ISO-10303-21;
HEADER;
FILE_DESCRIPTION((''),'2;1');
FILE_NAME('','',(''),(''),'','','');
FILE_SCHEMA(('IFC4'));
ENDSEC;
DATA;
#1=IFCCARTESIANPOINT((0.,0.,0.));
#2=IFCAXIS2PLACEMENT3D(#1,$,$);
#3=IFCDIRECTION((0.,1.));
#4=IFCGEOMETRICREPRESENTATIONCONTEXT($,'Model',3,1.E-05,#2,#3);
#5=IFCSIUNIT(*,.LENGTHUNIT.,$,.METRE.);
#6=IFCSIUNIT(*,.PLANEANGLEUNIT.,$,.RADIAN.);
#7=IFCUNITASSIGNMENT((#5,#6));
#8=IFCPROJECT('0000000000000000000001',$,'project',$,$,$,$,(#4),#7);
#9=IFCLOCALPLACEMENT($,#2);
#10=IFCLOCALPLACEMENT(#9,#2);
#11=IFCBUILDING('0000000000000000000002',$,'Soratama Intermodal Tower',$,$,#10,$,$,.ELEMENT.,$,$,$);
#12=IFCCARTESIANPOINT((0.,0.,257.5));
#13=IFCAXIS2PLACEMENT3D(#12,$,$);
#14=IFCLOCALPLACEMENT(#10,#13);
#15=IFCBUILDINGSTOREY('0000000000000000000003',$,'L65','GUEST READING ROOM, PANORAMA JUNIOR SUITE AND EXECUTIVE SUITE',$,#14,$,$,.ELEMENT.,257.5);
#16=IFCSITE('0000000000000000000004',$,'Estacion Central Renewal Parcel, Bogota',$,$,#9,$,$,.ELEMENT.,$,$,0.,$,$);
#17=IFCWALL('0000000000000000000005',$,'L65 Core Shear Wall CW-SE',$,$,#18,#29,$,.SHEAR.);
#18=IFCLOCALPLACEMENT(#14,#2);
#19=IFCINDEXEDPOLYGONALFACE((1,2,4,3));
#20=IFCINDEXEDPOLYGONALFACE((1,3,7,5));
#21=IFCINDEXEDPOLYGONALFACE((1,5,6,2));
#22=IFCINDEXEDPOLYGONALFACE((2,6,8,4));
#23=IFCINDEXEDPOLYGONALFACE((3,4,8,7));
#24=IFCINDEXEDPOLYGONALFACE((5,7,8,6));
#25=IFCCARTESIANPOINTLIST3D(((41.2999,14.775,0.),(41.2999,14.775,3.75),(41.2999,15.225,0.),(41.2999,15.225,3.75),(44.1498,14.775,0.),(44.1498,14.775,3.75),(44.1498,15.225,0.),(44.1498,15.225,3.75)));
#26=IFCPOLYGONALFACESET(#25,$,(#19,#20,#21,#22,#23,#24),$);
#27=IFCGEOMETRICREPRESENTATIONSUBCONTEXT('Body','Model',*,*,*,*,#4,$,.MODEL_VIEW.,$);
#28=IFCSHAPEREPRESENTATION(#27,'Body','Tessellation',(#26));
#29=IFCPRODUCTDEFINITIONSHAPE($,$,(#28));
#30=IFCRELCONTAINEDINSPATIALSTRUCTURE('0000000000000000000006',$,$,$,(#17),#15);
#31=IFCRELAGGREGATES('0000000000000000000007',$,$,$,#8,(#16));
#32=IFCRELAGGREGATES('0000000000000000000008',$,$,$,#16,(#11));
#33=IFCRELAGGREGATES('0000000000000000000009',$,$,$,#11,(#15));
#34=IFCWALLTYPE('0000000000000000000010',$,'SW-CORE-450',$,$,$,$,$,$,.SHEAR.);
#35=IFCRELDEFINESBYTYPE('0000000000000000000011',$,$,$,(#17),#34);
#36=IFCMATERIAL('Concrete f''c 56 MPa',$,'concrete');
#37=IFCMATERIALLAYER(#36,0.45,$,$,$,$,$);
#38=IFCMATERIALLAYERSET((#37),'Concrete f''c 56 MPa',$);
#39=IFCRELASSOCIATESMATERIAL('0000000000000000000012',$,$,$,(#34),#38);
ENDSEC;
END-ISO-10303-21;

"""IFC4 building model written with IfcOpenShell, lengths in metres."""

from ifc_helpers import new_model, si_unit, direction, frame, frame_2d, origin, place, context, subcontext, project, spatial, rectangle, extrude, material, layer, layer_set, type_object, element, save


model = new_model("IFC4")

# Units and contexts
model_context = context("Model", 3, precision=1e-05, world=origin(), true_north=direction((0.0, 1.0)))
body_context = subcontext(model_context, "Body", "Model", "MODEL_VIEW")
ifc_project = project(units=[si_unit("LENGTHUNIT", "METRE"), si_unit("PLANEANGLEUNIT", "RADIAN")], contexts=[model_context])

# Site, building, storey
site_placement = place(None, origin())
site = spatial("IfcSite", under=ifc_project, at=site_placement, Name="Estacion Central Renewal Parcel, Bogota", CompositionType="ELEMENT", RefElevation=0.0)
building_placement = place(site_placement, origin())
building = spatial("IfcBuilding", under=site, at=building_placement, Name="Soratama Intermodal Tower", CompositionType="ELEMENT")
storey_placement = place(building_placement, frame((0.0, 0.0, 257.5)))
storey = spatial("IfcBuildingStorey", under=building, at=storey_placement, Name="L65", Description="GUEST READING ROOM, PANORAMA JUNIOR SUITE AND EXECUTIVE SUITE", CompositionType="ELEMENT", Elevation=257.5)

# Wall
ifc_material_1 = material(Name="Concrete f'c 56 MPa", Category="concrete")
ifc_layer_1 = layer(ifc_material_1, 0.45)
ifc_layer_set_1 = layer_set([ifc_layer_1], Name="Concrete f'c 56 MPa")
wall_type_1 = type_object("IfcWallType", Name="SW-CORE-450", PredefinedType="SHEAR", material=ifc_layer_set_1)
wall_1_placement = place(storey_placement, frame((41.3, 15.0, 0.0), z_axis=(0.0, 0.0, 1.0), x_axis=(1.0, 0.0, 0.0)))
element("IfcWall", 1, at=wall_1_placement, inside=storey, type_object=wall_type_1, Name="L65 Core Shear Wall CW-SE", PredefinedType="SHEAR", context=body_context, shape_type="SweptSolid", body=[
    extrude(rectangle(XDim=2.8499, YDim=0.45, at=frame_2d((1.4248, 0.0))), origin(), (0.0, 0.0, 1.0), 3.75),
])

save(model, "model.ifc")
